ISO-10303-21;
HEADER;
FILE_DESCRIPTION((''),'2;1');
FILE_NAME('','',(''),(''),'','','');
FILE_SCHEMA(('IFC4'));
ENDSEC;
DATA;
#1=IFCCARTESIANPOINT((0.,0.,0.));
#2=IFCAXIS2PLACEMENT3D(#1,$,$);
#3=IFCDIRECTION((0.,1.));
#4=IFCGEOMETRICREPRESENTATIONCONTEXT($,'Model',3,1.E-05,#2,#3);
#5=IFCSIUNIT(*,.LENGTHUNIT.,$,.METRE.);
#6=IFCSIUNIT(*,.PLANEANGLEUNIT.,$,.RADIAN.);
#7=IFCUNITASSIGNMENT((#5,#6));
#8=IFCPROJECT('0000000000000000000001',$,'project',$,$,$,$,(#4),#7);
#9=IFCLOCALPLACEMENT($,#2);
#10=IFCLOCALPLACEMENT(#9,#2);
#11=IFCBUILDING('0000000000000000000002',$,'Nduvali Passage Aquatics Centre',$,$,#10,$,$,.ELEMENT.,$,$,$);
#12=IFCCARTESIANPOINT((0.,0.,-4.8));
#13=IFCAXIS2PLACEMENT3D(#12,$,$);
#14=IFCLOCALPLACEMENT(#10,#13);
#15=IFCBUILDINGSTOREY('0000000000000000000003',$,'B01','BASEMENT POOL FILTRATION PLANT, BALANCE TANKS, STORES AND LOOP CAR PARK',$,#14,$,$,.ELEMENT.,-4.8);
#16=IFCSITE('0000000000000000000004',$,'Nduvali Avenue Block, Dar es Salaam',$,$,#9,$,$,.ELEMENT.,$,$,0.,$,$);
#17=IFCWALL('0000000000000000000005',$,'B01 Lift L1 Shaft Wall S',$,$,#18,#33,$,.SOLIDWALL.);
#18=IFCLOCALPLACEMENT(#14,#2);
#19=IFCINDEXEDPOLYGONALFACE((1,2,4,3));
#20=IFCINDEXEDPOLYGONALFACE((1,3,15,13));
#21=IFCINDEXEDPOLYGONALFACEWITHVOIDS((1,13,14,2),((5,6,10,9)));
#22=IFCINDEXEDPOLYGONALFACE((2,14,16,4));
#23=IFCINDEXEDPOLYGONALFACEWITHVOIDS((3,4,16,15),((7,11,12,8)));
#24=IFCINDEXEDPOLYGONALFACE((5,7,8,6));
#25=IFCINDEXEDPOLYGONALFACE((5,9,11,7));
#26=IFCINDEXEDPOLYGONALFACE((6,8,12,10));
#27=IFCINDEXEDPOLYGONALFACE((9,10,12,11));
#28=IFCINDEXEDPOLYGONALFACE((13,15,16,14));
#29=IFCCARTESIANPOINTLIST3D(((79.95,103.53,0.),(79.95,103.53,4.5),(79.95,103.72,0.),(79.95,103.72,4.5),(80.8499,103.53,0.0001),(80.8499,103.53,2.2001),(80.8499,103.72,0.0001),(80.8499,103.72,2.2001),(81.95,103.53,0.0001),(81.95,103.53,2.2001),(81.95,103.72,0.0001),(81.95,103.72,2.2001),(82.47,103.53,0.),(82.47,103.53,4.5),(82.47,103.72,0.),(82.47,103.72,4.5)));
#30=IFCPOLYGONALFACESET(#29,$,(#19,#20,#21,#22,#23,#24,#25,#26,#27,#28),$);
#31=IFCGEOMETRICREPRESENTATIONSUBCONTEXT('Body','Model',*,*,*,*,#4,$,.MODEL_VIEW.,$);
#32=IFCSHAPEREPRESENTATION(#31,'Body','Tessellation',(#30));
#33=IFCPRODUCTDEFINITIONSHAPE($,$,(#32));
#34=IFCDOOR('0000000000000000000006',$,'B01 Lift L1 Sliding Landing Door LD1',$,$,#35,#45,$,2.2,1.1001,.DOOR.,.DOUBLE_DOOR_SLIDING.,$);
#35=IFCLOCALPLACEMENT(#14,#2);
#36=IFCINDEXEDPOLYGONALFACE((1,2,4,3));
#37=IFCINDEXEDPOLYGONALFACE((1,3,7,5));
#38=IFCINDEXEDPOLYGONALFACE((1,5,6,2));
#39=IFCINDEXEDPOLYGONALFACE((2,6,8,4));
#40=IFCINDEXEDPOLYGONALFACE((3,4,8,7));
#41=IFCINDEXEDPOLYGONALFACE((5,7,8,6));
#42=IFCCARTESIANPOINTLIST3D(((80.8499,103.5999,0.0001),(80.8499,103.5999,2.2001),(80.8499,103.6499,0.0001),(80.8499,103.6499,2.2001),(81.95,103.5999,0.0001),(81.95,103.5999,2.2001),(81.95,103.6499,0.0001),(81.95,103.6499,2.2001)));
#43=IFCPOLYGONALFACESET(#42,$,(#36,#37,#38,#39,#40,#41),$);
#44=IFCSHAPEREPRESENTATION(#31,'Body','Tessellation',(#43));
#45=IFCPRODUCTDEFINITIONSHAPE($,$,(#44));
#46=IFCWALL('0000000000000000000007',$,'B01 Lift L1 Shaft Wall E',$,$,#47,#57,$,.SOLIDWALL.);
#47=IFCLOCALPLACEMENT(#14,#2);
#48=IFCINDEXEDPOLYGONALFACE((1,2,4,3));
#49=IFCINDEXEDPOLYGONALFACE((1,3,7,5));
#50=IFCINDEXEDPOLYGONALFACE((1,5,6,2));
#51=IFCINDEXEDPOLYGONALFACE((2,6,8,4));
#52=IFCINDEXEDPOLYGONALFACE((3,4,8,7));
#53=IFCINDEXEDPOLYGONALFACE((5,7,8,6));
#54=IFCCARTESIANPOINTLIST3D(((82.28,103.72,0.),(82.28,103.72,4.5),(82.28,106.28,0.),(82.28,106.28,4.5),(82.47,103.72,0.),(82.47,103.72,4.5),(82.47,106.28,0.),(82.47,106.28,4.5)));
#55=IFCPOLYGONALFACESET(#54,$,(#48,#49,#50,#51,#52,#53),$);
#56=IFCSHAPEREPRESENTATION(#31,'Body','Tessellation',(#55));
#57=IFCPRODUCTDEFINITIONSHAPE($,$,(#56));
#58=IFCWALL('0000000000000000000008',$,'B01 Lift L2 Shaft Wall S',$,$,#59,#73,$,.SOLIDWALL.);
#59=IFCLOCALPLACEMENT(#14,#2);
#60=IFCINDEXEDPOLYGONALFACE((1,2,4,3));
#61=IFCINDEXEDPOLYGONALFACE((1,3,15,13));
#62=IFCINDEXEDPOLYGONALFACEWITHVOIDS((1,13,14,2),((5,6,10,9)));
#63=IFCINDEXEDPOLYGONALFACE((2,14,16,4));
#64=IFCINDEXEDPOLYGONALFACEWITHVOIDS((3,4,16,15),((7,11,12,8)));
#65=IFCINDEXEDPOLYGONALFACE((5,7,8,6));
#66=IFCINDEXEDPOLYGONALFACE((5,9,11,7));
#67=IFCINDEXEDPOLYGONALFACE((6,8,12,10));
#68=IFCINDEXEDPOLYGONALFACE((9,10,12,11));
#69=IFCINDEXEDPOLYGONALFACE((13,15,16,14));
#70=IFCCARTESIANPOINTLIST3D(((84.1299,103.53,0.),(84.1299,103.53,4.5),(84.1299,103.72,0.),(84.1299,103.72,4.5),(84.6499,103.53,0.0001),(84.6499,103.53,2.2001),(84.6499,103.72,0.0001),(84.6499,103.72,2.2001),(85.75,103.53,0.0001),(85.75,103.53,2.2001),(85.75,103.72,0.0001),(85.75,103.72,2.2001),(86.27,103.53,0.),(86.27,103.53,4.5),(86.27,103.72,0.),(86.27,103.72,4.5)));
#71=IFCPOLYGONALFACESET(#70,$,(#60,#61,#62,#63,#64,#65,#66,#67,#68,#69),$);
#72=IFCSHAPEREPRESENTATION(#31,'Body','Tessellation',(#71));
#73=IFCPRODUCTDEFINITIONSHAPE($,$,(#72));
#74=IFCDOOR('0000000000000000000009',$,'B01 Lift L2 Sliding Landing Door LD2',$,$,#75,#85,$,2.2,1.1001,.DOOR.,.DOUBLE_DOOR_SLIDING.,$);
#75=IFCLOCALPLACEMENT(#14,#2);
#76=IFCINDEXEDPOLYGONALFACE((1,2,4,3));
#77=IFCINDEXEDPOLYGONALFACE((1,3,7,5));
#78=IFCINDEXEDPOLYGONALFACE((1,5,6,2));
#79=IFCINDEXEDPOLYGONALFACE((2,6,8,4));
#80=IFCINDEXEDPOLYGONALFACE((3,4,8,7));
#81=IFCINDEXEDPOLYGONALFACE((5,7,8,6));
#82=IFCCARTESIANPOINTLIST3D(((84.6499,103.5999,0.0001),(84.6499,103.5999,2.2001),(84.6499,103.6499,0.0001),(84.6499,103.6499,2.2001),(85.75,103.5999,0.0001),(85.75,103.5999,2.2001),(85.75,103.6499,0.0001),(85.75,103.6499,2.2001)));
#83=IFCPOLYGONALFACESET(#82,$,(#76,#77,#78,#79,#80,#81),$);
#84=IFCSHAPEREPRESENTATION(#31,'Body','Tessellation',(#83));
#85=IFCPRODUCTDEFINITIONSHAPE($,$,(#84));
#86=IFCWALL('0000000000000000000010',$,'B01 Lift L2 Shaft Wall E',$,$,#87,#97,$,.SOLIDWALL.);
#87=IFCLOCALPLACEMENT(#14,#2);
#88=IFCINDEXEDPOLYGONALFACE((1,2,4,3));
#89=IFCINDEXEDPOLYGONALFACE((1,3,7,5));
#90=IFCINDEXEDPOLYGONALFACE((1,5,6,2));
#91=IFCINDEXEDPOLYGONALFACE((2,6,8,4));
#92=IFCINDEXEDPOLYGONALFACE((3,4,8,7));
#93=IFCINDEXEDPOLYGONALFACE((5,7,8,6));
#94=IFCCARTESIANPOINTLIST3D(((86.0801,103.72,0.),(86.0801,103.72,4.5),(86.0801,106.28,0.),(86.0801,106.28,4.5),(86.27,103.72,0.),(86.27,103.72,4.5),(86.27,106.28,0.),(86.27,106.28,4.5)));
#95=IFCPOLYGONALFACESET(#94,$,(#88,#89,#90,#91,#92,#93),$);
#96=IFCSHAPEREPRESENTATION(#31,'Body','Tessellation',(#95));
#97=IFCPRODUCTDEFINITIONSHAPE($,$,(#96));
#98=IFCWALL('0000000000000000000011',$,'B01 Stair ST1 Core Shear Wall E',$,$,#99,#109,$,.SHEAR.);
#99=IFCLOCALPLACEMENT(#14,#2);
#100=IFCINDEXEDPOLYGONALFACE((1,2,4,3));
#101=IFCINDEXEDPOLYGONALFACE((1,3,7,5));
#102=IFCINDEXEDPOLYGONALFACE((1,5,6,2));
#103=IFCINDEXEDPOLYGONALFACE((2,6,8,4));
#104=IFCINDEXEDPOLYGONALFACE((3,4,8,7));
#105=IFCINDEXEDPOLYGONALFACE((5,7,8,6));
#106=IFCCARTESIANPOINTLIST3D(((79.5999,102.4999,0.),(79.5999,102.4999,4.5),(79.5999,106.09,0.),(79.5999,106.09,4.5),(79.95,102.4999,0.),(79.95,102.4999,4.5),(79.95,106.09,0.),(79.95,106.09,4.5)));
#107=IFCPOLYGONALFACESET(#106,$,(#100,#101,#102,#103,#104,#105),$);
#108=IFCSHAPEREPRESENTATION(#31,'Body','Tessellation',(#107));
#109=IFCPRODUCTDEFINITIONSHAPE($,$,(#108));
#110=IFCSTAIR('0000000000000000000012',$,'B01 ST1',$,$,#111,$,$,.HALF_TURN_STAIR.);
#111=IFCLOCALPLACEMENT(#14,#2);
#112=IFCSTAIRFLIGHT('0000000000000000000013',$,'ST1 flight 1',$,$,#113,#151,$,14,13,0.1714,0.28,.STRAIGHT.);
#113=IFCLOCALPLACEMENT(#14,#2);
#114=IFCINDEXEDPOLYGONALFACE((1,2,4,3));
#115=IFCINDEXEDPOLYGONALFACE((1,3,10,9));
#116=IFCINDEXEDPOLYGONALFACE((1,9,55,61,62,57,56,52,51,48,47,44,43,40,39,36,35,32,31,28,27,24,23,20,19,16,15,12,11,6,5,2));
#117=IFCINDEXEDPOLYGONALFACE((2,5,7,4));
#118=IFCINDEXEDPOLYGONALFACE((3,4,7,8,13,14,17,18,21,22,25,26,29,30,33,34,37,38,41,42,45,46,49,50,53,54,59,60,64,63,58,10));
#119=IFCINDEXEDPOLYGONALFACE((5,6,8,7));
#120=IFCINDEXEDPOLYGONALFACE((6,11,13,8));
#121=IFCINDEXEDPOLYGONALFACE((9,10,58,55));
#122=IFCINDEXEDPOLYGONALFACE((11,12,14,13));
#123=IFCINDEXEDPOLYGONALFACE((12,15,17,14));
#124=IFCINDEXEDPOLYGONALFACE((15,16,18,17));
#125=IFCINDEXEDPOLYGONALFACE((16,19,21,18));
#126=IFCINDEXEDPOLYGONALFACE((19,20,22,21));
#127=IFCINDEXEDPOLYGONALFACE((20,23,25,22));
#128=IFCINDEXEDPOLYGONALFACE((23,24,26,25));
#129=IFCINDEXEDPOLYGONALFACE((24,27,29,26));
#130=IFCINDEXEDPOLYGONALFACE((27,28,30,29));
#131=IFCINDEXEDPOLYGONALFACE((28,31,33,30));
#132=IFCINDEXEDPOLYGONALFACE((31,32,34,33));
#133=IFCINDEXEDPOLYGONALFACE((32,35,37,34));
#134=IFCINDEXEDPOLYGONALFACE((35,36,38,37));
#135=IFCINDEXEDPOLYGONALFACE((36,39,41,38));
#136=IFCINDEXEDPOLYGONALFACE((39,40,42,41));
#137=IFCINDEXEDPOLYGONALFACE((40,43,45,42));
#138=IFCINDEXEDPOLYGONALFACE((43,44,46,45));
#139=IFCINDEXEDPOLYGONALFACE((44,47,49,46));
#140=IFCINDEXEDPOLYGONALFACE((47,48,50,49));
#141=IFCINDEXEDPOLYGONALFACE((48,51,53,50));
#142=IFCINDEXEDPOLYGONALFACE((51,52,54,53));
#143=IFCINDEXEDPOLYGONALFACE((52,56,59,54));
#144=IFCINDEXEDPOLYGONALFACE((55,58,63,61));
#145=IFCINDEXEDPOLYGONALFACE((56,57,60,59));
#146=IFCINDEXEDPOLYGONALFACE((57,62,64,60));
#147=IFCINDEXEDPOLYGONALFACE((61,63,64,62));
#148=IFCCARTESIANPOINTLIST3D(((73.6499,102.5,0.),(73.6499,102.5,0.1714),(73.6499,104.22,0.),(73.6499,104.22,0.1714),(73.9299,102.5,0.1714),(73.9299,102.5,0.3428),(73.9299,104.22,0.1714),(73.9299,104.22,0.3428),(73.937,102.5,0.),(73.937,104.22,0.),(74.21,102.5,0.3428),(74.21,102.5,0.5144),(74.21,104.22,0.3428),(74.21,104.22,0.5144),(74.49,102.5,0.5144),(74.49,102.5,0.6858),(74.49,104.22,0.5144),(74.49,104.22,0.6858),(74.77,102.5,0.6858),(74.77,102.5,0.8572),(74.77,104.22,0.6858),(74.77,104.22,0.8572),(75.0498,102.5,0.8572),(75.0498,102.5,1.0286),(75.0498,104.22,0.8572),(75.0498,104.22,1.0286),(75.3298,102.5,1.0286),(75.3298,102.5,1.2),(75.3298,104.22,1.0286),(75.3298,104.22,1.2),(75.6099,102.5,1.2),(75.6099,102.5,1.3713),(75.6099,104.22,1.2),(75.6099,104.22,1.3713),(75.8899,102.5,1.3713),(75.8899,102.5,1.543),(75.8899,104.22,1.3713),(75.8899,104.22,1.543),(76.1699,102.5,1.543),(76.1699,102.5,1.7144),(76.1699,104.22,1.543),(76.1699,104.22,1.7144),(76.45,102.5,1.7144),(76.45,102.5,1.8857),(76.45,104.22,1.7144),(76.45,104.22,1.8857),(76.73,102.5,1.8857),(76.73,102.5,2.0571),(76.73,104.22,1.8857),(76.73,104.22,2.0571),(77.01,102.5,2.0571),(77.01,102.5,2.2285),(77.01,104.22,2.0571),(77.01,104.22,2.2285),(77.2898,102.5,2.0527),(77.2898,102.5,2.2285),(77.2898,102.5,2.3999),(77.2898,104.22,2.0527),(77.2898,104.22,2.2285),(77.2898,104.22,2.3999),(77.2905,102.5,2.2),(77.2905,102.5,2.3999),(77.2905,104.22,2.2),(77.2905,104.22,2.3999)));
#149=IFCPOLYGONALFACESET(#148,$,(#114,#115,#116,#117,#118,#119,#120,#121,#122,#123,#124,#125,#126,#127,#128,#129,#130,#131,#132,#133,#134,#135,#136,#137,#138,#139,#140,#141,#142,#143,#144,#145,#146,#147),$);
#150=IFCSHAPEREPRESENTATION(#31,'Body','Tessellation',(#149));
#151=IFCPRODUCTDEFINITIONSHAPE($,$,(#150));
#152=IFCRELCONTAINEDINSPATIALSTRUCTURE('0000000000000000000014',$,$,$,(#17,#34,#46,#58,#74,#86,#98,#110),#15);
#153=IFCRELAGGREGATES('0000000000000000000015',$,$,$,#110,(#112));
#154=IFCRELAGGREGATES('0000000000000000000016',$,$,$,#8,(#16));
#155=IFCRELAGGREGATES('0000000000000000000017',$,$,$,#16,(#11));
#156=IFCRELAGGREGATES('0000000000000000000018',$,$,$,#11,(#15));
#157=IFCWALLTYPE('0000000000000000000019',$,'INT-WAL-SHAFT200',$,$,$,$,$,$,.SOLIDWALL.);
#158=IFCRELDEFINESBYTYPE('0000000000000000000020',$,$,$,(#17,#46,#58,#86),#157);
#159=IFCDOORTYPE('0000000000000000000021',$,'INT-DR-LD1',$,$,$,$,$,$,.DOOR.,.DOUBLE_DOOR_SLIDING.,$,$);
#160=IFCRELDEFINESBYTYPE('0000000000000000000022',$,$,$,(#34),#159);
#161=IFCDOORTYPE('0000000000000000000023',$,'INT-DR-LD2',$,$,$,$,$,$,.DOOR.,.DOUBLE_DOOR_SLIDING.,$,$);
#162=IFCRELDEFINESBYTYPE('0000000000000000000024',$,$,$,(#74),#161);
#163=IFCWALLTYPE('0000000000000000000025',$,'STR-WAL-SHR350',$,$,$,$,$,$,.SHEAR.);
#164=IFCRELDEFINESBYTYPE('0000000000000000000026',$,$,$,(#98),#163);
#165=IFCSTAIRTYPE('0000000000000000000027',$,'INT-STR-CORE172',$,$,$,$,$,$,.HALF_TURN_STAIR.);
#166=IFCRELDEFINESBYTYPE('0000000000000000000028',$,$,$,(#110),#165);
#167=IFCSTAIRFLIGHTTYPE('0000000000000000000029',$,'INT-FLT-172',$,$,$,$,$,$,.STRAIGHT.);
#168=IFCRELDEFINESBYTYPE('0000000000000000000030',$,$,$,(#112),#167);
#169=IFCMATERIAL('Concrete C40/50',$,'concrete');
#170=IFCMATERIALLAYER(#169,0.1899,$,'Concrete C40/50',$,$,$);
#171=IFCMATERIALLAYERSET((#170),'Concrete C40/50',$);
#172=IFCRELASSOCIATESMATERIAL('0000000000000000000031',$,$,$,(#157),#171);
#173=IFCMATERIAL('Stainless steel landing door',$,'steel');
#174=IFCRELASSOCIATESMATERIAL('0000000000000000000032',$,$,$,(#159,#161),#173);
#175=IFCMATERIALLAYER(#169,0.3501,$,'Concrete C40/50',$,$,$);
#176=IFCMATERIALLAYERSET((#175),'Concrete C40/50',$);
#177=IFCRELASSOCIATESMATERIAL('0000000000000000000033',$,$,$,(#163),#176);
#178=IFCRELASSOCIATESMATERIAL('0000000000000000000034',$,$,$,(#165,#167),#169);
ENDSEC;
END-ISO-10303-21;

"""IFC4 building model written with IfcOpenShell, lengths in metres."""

from ifc_helpers import new_model, si_unit, direction, frame, frame_2d, origin, place, context, subcontext, project, spatial, polyline, rectangle, outline, extrude, material, layer, layer_set, type_object, element, fill, aggregate, save


model = new_model("IFC4")

# Units and contexts
model_context = context("Model", 3, precision=1e-05, world=origin(), true_north=direction((0.0, 1.0)))
body_context = subcontext(model_context, "Body", "Model", "MODEL_VIEW")
ifc_project = project(units=[si_unit("LENGTHUNIT", "METRE"), si_unit("PLANEANGLEUNIT", "RADIAN")], contexts=[model_context])

# Site, building, storey
site_placement = place(None, origin())
site = spatial("IfcSite", under=ifc_project, at=site_placement, Name="Nduvali Avenue Block, Dar es Salaam", CompositionType="ELEMENT", RefElevation=0.0)
building_placement = place(site_placement, origin())
building = spatial("IfcBuilding", under=site, at=building_placement, Name="Nduvali Passage Aquatics Centre", CompositionType="ELEMENT")
storey_placement = place(building_placement, frame((0.0, 0.0, -4.8)))
storey = spatial("IfcBuildingStorey", under=building, at=storey_placement, Name="B01", Description="BASEMENT POOL FILTRATION PLANT, BALANCE TANKS, STORES AND LOOP CAR PARK", CompositionType="ELEMENT", Elevation=-4.8)

# Shared definitions
ifc_material_1 = material(Name="Concrete C40/50", Category="concrete")

# Wall, opening, door
ifc_layer_1 = layer(ifc_material_1, 0.1899, Name="Concrete C40/50")
ifc_layer_set_1 = layer_set([ifc_layer_1], Name="Concrete C40/50")
wall_type_1 = type_object("IfcWallType", Name="INT-WAL-SHAFT200", PredefinedType="SOLIDWALL", material=ifc_layer_set_1)
wall_1_placement = place(storey_placement, frame((79.95, 103.625, 0.0), z_axis=(0.0, 0.0, 1.0), x_axis=(1.0, 0.0, 0.0)))
wall_1 = element("IfcWall", 1, at=wall_1_placement, inside=storey, type_object=wall_type_1, Name="B01 Lift L1 Shaft Wall S", PredefinedType="SOLIDWALL", context=body_context, shape_type="SweptSolid", body=[
    extrude(rectangle(XDim=2.52, YDim=0.1899, at=frame_2d((1.26, 0.0))), origin(), (0.0, 0.0, 1.0), 4.5),
])
opening_1_placement = place(wall_1_placement, frame((0.8999, 0.0, 0.0)))
opening_1 = element("IfcOpeningElement", 2, at=opening_1_placement, cuts=wall_1, PredefinedType="OPENING", context=body_context, shape_type="SweptSolid", body=[
    extrude(rectangle(XDim=1.1001, YDim=2.2, at=frame_2d((0.55, 1.1001))), frame((0.0, 0.1099, 0.0), z_axis=(0.0, -1.0, 0.0), x_axis=(1.0, 0.0, 0.0)), (0.0, 0.0, 1.0), 0.2197),
])
ifc_material_2 = material(Name="Stainless steel landing door", Category="steel")
door_type_1 = type_object("IfcDoorType", Name="INT-DR-LD1", OperationType="DOUBLE_DOOR_SLIDING", PredefinedType="DOOR", material=ifc_material_2)
door_1_placement = place(opening_1_placement, origin())
door_1 = element("IfcDoor", 3, at=door_1_placement, inside=storey, type_object=door_type_1, Name="B01 Lift L1 Sliding Landing Door LD1", OperationType="DOUBLE_DOOR_SLIDING", OverallHeight=2.2, OverallWidth=1.1001, PredefinedType="DOOR", context=body_context, shape_type="SweptSolid", body=[
    extrude(rectangle(XDim=1.1001, YDim=2.2, at=frame_2d((0.55, 1.1001))), frame((0.0, 0.0249, 0.0), z_axis=(0.0, -1.0, 0.0), x_axis=(1.0, 0.0, 0.0)), (0.0, 0.0, 1.0), 0.05),
])
fill(opening_1, door_1)

# Wall
wall_2_placement = place(storey_placement, frame((82.375, 103.72, 0.0), z_axis=(0.0, 0.0, 1.0), x_axis=(0.0, 1.0, 0.0)))
element("IfcWall", 4, at=wall_2_placement, inside=storey, type_object=wall_type_1, Name="B01 Lift L1 Shaft Wall E", PredefinedType="SOLIDWALL", context=body_context, shape_type="SweptSolid", body=[
    extrude(rectangle(XDim=2.5601, YDim=0.1899, at=frame_2d((1.28, 0.0))), origin(), (0.0, 0.0, 1.0), 4.5),
])

# Wall, opening, door
wall_3_placement = place(storey_placement, frame((84.1299, 103.625, 0.0), z_axis=(0.0, 0.0, 1.0), x_axis=(1.0, 0.0, 0.0)))
wall_3 = element("IfcWall", 5, at=wall_3_placement, inside=storey, type_object=wall_type_1, Name="B01 Lift L2 Shaft Wall S", PredefinedType="SOLIDWALL", context=body_context, shape_type="SweptSolid", body=[
    extrude(rectangle(XDim=2.1401, YDim=0.1899, at=frame_2d((1.0701, 0.0))), origin(), (0.0, 0.0, 1.0), 4.5),
])
opening_2_placement = place(wall_3_placement, frame((0.52, 0.0, 0.0)))
opening_2 = element("IfcOpeningElement", 6, at=opening_2_placement, cuts=wall_3, PredefinedType="OPENING", context=body_context, shape_type="SweptSolid", body=[
    extrude(rectangle(XDim=1.1001, YDim=2.2, at=frame_2d((0.55, 1.1001))), frame((0.0, 0.1099, 0.0), z_axis=(0.0, -1.0, 0.0), x_axis=(1.0, 0.0, 0.0)), (0.0, 0.0, 1.0), 0.2197),
])
door_type_2 = type_object("IfcDoorType", Name="INT-DR-LD2", OperationType="DOUBLE_DOOR_SLIDING", PredefinedType="DOOR", material=ifc_material_2)
door_2_placement = place(opening_2_placement, origin())
door_2 = element("IfcDoor", 7, at=door_2_placement, inside=storey, type_object=door_type_2, Name="B01 Lift L2 Sliding Landing Door LD2", OperationType="DOUBLE_DOOR_SLIDING", OverallHeight=2.2, OverallWidth=1.1001, PredefinedType="DOOR", context=body_context, shape_type="SweptSolid", body=[
    extrude(rectangle(XDim=1.1001, YDim=2.2, at=frame_2d((0.55, 1.1001))), frame((0.0, 0.0249, 0.0), z_axis=(0.0, -1.0, 0.0), x_axis=(1.0, 0.0, 0.0)), (0.0, 0.0, 1.0), 0.05),
])
fill(opening_2, door_2)

# Walls
wall_4_placement = place(storey_placement, frame((86.175, 103.72, 0.0), z_axis=(0.0, 0.0, 1.0), x_axis=(0.0, 1.0, 0.0)))
element("IfcWall", 8, at=wall_4_placement, inside=storey, type_object=wall_type_1, Name="B01 Lift L2 Shaft Wall E", PredefinedType="SOLIDWALL", context=body_context, shape_type="SweptSolid", body=[
    extrude(rectangle(XDim=2.5601, YDim=0.1899, at=frame_2d((1.28, 0.0))), origin(), (0.0, 0.0, 1.0), 4.5),
])
ifc_layer_2 = layer(ifc_material_1, 0.3501, Name="Concrete C40/50")
ifc_layer_set_2 = layer_set([ifc_layer_2], Name="Concrete C40/50")
wall_type_2 = type_object("IfcWallType", Name="STR-WAL-SHR350", PredefinedType="SHEAR", material=ifc_layer_set_2)
wall_5_placement = place(storey_placement, frame((79.7749, 102.5, 0.0), z_axis=(0.0, 0.0, 1.0), x_axis=(0.0, 1.0, 0.0)))
element("IfcWall", 9, at=wall_5_placement, inside=storey, type_object=wall_type_2, Name="B01 Stair ST1 Core Shear Wall E", PredefinedType="SHEAR", context=body_context, shape_type="SweptSolid", body=[
    extrude(rectangle(XDim=3.5901, YDim=0.3501, at=frame_2d((1.7949, 0.0))), origin(), (0.0, 0.0, 1.0), 4.5),
])

# Stair, stair flight
stair_type = type_object("IfcStairType", Name="INT-STR-CORE172", PredefinedType="HALF_TURN_STAIR", material=ifc_material_1)
stair_placement = place(storey_placement, origin())
stair = element("IfcStair", 10, at=stair_placement, inside=storey, type_object=stair_type, Name="B01 ST1", PredefinedType="HALF_TURN_STAIR")
stair_flight_type = type_object("IfcStairFlightType", Name="INT-FLT-172", PredefinedType="STRAIGHT", material=ifc_material_1)
stair_flight_1_placement = place(storey_placement, frame((73.6499, 103.3601, 0.0), z_axis=(0.0, 0.0, 1.0), x_axis=(1.0, 0.0, 0.0)))
stair_flight_1 = element("IfcStairFlight", 11, at=stair_flight_1_placement, type_object=stair_flight_type, Name="ST1 flight 1", NumberOfRisers=14, NumberOfTreads=13, PredefinedType="STRAIGHT", RiserHeight=0.1714, TreadLength=0.28, context=body_context, shape_type="SweptSolid", body=[
    extrude(outline(polyline([(0.0, 0.0), (0.0, 0.1714), (0.28, 0.1714), (0.28, 0.3428), (0.5601, 0.3428), (0.5601, 0.5144), (0.8401, 0.5144), (0.8401, 0.6858), (1.1201, 0.6858), (1.1201, 0.8572), (1.3999, 0.8572), (1.3999, 1.0286), (1.6799, 1.0286), (1.6799, 1.2), (1.96, 1.2), (1.96, 1.3713), (2.24, 1.3713), (2.24, 1.543), (2.52, 1.543), (2.52, 1.7144), (2.8, 1.7144), (2.8, 1.8857), (3.0801, 1.8857), (3.0801, 2.0571), (3.3601, 2.0571), (3.3601, 2.2285), (3.6399, 2.2285), (3.6399, 2.3999), (3.6406, 2.3999), (3.6406, 2.2), (3.6399, 2.0527), (0.2871, 0.0), (0.0, 0.0)])), frame((0.0, 0.8599, 0.0), z_axis=(0.0, -1.0, 0.0), x_axis=(1.0, 0.0, 0.0)), (0.0, 0.0, 1.0), 1.72),
])
aggregate(stair, [stair_flight_1])

save(model, "model.ifc")
